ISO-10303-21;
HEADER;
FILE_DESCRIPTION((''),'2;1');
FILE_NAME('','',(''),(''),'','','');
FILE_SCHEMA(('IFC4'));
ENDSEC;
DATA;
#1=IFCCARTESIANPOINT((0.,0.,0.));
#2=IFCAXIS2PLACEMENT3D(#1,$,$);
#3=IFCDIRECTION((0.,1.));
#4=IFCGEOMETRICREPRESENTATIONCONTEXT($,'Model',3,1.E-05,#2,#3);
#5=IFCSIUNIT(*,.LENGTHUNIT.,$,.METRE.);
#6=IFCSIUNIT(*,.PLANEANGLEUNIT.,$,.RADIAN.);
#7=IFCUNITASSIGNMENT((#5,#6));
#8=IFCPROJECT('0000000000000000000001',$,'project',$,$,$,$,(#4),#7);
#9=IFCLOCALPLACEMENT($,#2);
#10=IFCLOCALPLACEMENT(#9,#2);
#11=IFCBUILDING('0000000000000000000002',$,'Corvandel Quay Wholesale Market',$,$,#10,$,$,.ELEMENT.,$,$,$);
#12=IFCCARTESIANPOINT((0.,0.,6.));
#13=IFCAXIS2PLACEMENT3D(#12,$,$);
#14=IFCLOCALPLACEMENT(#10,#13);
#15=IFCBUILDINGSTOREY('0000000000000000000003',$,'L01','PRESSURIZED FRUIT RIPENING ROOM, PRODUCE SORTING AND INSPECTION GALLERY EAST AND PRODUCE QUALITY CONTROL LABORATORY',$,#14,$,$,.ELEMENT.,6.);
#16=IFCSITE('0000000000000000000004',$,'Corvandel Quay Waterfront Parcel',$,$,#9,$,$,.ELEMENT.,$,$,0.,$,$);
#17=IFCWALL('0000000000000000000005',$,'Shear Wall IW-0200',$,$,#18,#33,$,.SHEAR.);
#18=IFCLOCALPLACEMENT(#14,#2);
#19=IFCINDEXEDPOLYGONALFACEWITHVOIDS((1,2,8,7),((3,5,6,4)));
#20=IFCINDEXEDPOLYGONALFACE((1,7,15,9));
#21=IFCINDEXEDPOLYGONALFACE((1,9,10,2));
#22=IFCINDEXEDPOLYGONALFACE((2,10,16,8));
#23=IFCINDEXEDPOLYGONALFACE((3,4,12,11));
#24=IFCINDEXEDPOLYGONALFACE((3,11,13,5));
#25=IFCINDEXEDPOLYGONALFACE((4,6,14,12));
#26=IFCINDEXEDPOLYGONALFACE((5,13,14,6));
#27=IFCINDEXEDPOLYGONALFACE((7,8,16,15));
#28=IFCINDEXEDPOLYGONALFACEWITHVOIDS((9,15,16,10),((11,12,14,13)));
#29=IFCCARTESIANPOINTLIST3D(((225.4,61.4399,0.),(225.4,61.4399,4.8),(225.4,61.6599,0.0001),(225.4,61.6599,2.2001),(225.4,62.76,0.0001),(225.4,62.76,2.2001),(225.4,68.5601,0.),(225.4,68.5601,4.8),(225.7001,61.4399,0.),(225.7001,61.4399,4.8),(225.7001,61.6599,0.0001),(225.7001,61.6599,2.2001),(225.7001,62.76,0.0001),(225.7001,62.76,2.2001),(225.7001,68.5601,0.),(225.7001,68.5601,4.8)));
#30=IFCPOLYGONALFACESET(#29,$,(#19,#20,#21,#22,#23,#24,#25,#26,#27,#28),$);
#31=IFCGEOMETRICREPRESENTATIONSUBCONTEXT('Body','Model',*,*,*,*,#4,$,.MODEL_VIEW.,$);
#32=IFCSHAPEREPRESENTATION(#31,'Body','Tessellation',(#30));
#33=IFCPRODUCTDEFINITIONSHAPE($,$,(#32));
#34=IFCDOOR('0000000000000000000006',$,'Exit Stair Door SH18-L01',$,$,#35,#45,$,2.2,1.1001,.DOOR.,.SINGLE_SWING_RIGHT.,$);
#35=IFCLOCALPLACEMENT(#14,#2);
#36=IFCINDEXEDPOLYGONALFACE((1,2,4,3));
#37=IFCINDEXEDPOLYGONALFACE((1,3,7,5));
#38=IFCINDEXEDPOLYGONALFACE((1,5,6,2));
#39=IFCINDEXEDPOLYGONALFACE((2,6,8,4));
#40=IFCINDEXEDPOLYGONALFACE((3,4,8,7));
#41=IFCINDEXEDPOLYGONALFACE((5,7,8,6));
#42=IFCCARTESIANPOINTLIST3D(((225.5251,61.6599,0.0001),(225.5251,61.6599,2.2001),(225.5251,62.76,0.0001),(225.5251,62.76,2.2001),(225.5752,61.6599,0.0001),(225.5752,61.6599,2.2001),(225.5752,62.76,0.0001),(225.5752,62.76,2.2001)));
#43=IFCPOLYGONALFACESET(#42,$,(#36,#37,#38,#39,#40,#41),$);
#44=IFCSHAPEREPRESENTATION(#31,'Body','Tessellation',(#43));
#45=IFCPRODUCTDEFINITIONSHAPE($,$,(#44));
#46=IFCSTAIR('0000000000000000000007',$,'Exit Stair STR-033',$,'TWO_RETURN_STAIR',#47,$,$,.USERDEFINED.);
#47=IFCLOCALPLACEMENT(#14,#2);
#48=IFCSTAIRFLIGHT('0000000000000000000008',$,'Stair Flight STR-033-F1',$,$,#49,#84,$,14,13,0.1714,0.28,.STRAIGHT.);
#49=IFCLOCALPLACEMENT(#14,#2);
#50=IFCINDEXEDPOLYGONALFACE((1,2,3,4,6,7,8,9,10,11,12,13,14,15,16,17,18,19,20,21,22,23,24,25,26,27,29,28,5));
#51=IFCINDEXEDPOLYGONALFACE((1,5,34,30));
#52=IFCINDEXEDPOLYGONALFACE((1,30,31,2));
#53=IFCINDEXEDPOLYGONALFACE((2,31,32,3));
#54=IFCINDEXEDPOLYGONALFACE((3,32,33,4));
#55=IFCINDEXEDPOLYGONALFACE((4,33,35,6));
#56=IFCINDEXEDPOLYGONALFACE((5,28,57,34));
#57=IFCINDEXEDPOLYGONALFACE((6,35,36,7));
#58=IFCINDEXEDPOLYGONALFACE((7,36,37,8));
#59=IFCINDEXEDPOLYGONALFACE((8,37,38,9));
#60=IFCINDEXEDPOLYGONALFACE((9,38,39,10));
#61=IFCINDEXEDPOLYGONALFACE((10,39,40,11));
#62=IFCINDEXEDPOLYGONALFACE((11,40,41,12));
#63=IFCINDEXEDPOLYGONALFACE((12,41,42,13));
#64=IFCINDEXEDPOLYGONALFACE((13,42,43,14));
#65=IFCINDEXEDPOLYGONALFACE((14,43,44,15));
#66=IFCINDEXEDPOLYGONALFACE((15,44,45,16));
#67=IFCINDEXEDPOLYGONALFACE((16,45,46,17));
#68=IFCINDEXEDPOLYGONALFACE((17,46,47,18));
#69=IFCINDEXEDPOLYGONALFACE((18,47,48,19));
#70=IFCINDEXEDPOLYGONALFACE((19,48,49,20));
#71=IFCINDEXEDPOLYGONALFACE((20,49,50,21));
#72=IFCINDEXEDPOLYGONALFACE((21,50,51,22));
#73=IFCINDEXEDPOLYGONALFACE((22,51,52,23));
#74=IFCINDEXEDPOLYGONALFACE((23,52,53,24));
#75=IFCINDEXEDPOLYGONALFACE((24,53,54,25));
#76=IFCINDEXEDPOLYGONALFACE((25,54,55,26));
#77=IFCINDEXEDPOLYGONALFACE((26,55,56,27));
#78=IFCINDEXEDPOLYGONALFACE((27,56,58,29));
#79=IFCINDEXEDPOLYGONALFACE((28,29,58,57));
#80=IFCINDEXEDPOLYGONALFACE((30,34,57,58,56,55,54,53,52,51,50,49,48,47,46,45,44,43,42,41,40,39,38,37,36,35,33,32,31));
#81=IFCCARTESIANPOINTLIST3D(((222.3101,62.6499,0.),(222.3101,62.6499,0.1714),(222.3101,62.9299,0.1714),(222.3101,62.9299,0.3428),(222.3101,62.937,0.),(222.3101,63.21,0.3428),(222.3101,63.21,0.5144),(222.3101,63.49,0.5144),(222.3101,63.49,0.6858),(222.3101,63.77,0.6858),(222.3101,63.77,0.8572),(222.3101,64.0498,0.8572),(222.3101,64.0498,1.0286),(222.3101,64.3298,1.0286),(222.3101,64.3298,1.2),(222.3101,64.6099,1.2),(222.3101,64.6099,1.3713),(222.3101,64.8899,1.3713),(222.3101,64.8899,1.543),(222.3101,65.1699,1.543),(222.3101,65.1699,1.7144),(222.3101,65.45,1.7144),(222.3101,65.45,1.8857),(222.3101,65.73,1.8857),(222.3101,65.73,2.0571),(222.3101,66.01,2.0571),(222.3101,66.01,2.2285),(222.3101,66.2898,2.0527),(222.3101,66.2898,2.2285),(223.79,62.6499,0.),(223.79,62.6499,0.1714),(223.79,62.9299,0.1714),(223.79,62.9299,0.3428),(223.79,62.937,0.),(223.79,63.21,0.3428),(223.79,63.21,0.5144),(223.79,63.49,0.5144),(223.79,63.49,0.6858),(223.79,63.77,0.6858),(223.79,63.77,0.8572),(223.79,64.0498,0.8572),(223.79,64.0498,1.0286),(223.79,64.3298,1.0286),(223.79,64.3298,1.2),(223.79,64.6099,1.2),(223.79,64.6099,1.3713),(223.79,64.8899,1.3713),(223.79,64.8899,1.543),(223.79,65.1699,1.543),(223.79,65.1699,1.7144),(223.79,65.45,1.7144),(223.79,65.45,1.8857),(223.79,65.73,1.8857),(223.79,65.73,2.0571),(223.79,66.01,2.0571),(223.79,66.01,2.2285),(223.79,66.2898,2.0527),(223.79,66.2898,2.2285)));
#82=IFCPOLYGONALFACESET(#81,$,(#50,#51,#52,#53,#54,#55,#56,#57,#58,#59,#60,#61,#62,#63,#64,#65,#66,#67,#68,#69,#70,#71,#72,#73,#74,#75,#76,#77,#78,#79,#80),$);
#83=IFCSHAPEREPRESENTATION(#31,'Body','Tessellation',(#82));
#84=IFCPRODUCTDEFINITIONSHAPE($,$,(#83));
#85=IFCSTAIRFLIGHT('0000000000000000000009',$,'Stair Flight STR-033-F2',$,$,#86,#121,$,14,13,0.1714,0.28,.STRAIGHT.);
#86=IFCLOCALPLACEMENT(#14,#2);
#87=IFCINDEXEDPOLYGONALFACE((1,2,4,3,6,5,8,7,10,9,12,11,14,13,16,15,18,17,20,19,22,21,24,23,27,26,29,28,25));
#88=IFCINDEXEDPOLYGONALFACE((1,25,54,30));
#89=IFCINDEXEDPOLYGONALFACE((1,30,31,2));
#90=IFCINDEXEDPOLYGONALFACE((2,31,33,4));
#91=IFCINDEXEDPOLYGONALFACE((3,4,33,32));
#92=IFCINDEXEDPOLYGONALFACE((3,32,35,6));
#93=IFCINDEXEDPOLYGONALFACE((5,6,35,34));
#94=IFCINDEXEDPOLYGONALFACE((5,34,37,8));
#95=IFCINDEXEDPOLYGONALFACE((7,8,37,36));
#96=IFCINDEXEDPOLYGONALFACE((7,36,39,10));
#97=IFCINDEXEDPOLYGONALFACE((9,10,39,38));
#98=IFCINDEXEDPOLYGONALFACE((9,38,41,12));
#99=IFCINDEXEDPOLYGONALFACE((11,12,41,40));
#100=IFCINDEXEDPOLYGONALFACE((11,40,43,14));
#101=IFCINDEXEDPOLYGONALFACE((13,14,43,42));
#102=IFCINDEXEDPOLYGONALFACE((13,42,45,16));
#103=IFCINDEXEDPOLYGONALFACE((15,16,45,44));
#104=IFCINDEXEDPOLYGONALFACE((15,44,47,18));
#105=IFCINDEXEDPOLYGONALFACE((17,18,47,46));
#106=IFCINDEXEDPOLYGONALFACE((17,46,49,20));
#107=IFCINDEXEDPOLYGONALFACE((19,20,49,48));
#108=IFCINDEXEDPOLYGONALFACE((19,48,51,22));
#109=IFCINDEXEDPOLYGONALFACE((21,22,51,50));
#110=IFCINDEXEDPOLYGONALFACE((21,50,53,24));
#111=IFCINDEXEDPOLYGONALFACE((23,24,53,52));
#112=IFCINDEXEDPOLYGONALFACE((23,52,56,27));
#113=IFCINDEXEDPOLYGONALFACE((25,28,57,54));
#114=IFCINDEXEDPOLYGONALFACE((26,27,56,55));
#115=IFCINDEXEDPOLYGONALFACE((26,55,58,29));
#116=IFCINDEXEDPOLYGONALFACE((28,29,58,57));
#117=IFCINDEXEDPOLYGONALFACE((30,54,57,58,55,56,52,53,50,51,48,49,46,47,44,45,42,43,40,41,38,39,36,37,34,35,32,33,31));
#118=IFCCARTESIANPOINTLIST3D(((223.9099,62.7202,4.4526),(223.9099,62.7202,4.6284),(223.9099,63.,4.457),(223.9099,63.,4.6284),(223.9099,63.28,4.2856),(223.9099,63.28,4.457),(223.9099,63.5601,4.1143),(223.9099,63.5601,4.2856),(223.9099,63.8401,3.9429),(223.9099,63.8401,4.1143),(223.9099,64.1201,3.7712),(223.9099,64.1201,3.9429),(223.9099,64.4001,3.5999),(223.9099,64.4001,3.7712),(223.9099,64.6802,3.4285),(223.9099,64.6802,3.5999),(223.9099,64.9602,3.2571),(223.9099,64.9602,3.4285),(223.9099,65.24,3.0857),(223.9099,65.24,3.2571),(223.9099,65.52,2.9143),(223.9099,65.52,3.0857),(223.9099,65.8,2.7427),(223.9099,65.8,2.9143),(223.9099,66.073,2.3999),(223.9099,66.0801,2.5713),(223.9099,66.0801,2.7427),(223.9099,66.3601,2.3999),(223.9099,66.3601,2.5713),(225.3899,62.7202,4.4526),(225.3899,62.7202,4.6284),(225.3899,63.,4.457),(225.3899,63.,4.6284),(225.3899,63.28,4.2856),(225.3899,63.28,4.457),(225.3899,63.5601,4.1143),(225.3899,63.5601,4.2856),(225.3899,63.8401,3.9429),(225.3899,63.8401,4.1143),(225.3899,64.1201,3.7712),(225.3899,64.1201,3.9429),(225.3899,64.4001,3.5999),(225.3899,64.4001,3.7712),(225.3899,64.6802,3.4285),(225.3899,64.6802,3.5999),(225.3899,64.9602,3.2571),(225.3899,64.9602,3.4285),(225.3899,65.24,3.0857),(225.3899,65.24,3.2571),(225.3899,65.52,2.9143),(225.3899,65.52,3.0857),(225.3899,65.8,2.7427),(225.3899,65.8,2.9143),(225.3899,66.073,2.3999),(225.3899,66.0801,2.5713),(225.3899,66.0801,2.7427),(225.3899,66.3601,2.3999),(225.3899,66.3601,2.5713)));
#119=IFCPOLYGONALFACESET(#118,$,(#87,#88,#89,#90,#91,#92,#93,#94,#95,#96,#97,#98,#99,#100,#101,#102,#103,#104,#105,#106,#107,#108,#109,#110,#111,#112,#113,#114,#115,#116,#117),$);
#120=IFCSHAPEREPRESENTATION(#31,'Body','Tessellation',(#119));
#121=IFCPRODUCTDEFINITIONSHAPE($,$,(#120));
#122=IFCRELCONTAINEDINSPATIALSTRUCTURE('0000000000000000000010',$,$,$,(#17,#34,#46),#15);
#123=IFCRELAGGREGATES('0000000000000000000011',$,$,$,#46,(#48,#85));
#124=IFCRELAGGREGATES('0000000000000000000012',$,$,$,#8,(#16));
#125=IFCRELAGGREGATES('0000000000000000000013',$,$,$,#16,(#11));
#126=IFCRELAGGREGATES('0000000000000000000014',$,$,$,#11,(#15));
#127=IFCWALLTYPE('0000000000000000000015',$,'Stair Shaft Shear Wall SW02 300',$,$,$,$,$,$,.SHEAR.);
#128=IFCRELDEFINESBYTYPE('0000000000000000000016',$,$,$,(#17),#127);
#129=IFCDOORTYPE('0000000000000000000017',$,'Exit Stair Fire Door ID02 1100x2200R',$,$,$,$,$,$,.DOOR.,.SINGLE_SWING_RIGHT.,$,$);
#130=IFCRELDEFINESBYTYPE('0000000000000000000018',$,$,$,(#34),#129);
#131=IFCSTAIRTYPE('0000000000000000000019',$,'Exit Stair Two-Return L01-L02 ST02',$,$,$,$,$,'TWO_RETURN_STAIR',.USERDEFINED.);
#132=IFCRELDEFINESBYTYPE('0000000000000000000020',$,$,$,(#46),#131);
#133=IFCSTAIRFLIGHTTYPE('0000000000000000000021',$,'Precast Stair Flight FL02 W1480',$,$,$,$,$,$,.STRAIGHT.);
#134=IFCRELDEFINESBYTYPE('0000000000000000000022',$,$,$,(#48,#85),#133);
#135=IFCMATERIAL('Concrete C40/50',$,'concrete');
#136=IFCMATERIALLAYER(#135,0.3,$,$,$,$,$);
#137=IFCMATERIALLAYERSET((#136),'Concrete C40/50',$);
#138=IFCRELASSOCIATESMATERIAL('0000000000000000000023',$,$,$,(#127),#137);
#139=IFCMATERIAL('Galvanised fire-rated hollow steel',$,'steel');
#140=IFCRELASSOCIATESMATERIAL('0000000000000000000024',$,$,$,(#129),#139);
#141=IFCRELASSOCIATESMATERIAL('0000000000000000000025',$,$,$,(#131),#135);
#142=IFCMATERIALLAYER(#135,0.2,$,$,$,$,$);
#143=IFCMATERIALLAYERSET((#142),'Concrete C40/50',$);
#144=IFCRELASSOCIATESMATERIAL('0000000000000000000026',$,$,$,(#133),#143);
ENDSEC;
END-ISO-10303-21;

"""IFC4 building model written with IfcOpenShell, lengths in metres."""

from ifc_helpers import new_model, si_unit, direction, frame, frame_2d, origin, place, context, subcontext, project, spatial, polyline, rectangle, outline, extrude, material, layer, layer_set, type_object, element, fill, aggregate, save


model = new_model("IFC4")

# Units and contexts
model_context = context("Model", 3, precision=1e-05, world=origin(), true_north=direction((0.0, 1.0)))
body_context = subcontext(model_context, "Body", "Model", "MODEL_VIEW")
ifc_project = project(units=[si_unit("LENGTHUNIT", "METRE"), si_unit("PLANEANGLEUNIT", "RADIAN")], contexts=[model_context])

# Site, building, storey
site_placement = place(None, origin())
site = spatial("IfcSite", under=ifc_project, at=site_placement, Name="Corvandel Quay Waterfront Parcel", CompositionType="ELEMENT", RefElevation=0.0)
building_placement = place(site_placement, origin())
building = spatial("IfcBuilding", under=site, at=building_placement, Name="Corvandel Quay Wholesale Market", CompositionType="ELEMENT")
storey_placement = place(building_placement, frame((0.0, 0.0, 6.0)))
storey = spatial("IfcBuildingStorey", under=building, at=storey_placement, Name="L01", Description="PRESSURIZED FRUIT RIPENING ROOM, PRODUCE SORTING AND INSPECTION GALLERY EAST AND PRODUCE QUALITY CONTROL LABORATORY", CompositionType="ELEMENT", Elevation=6.0)

# Wall, opening, door
ifc_material_1 = material(Name="Concrete C40/50", Category="concrete")
ifc_layer_1 = layer(ifc_material_1, 0.3)
ifc_layer_set_1 = layer_set([ifc_layer_1], Name="Concrete C40/50")
wall_type_1 = type_object("IfcWallType", Name="Stair Shaft Shear Wall SW02 300", PredefinedType="SHEAR", material=ifc_layer_set_1)
wall_1_placement = place(storey_placement, frame((225.55, 61.4399, 0.0), z_axis=(0.0, 0.0, 1.0), x_axis=(0.0, 1.0, 0.0)))
wall_1 = element("IfcWall", 1, at=wall_1_placement, inside=storey, type_object=wall_type_1, Name="Shear Wall IW-0200", PredefinedType="SHEAR", context=body_context, shape_type="SweptSolid", body=[
    extrude(rectangle(XDim=7.1201, YDim=0.3, at=frame_2d((3.5601, 0.0))), origin(), (0.0, 0.0, 1.0), 4.8),
])
opening_1_placement = place(wall_1_placement, frame((0.22, 0.0, 0.0)))
opening_1 = element("IfcOpeningElement", 2, at=opening_1_placement, cuts=wall_1, PredefinedType="OPENING", context=body_context, shape_type="SweptSolid", body=[
    extrude(rectangle(XDim=1.1001, YDim=2.2, at=frame_2d((0.55, 1.1001))), frame((0.0, 0.1599, 0.0), z_axis=(0.0, -1.0, 0.0), x_axis=(1.0, 0.0, 0.0)), (0.0, 0.0, 1.0), 0.3201),
])
ifc_material_2 = material(Name="Galvanised fire-rated hollow steel", Category="steel")
door_type_1 = type_object("IfcDoorType", Name="Exit Stair Fire Door ID02 1100x2200R", OperationType="SINGLE_SWING_RIGHT", PredefinedType="DOOR", material=ifc_material_2)
door_1_placement = place(opening_1_placement, origin())
door_1 = element("IfcDoor", 3, at=door_1_placement, inside=storey, type_object=door_type_1, Name="Exit Stair Door SH18-L01", OperationType="SINGLE_SWING_RIGHT", OverallHeight=2.2, OverallWidth=1.1001, PredefinedType="DOOR", context=body_context, shape_type="SweptSolid", body=[
    extrude(rectangle(XDim=1.1001, YDim=2.2, at=frame_2d((0.55, 1.1001))), frame((0.0, 0.0249, 0.0), z_axis=(0.0, -1.0, 0.0), x_axis=(1.0, 0.0, 0.0)), (0.0, 0.0, 1.0), 0.05),
])
fill(opening_1, door_1)

# Stair, stair flights
stair_type = type_object("IfcStairType", Name="Exit Stair Two-Return L01-L02 ST02", ElementType="TWO_RETURN_STAIR", PredefinedType="USERDEFINED", material=ifc_material_1)
stair_placement = place(storey_placement, origin())
stair = element("IfcStair", 4, at=stair_placement, inside=storey, type_object=stair_type, Name="Exit Stair STR-033", ObjectType="TWO_RETURN_STAIR", PredefinedType="USERDEFINED")
ifc_layer_2 = layer(ifc_material_1, 0.2)
ifc_layer_set_2 = layer_set([ifc_layer_2], Name="Concrete C40/50")
stair_flight_type = type_object("IfcStairFlightType", Name="Precast Stair Flight FL02 W1480", PredefinedType="STRAIGHT", material=ifc_layer_set_2)
stair_flight_1_placement = place(storey_placement, frame((223.05, 62.6499, 0.0), z_axis=(0.0, 0.0, 1.0), x_axis=(0.0, 1.0, 0.0)))
stair_flight_1 = element("IfcStairFlight", 5, at=stair_flight_1_placement, type_object=stair_flight_type, Name="Stair Flight STR-033-F1", NumberOfRisers=14, NumberOfTreads=13, PredefinedType="STRAIGHT", RiserHeight=0.1714, TreadLength=0.28, context=body_context, shape_type="SweptSolid", body=[
    extrude(outline(polyline([(0.0, 0.0), (0.0, 0.1714), (0.28, 0.1714), (0.28, 0.3428), (0.5601, 0.3428), (0.5601, 0.5144), (0.8401, 0.5144), (0.8401, 0.6858), (1.1201, 0.6858), (1.1201, 0.8572), (1.3999, 0.8572), (1.3999, 1.0286), (1.6799, 1.0286), (1.6799, 1.2), (1.96, 1.2), (1.96, 1.3713), (2.24, 1.3713), (2.24, 1.543), (2.52, 1.543), (2.52, 1.7144), (2.8, 1.7144), (2.8, 1.8857), (3.0801, 1.8857), (3.0801, 2.0571), (3.3601, 2.0571), (3.3601, 2.2285), (3.6399, 2.2285), (3.6399, 2.3999), (3.6399, 2.0527), (0.2871, 0.0), (0.0, 0.0)])), frame((0.0, 0.74, 0.0), z_axis=(0.0, -1.0, 0.0), x_axis=(1.0, 0.0, 0.0)), (0.0, 0.0, 1.0), 1.48),
])
stair_flight_2_placement = place(storey_placement, frame((224.6499, 66.3601, 2.3999), z_axis=(0.0, 0.0, 1.0), x_axis=(0.0, -1.0, 0.0)))
stair_flight_2 = element("IfcStairFlight", 6, at=stair_flight_2_placement, type_object=stair_flight_type, Name="Stair Flight STR-033-F2", NumberOfRisers=14, NumberOfTreads=13, PredefinedType="STRAIGHT", RiserHeight=0.1714, TreadLength=0.28, context=body_context, shape_type="SweptSolid", body=[
    extrude(outline(polyline([(0.0, 0.0), (0.0, 0.1714), (0.28, 0.1714), (0.28, 0.3428), (0.5601, 0.3428), (0.5601, 0.5144), (0.8401, 0.5144), (0.8401, 0.6858), (1.1201, 0.6858), (1.1201, 0.8572), (1.3999, 0.8572), (1.3999, 1.0286), (1.6799, 1.0286), (1.6799, 1.2), (1.96, 1.2), (1.96, 1.3713), (2.24, 1.3713), (2.24, 1.543), (2.52, 1.543), (2.52, 1.7144), (2.8, 1.7144), (2.8, 1.8857), (3.0801, 1.8857), (3.0801, 2.0571), (3.3601, 2.0571), (3.3601, 2.2285), (3.6399, 2.2285), (3.6399, 2.3999), (3.6399, 2.0527), (0.2871, 0.0), (0.0, 0.0)])), frame((0.0, 0.74, 0.0), z_axis=(0.0, -1.0, 0.0), x_axis=(1.0, 0.0, 0.0)), (0.0, 0.0, 1.0), 1.48),
])
aggregate(stair, [stair_flight_1, stair_flight_2])

save(model, "model.ifc")
